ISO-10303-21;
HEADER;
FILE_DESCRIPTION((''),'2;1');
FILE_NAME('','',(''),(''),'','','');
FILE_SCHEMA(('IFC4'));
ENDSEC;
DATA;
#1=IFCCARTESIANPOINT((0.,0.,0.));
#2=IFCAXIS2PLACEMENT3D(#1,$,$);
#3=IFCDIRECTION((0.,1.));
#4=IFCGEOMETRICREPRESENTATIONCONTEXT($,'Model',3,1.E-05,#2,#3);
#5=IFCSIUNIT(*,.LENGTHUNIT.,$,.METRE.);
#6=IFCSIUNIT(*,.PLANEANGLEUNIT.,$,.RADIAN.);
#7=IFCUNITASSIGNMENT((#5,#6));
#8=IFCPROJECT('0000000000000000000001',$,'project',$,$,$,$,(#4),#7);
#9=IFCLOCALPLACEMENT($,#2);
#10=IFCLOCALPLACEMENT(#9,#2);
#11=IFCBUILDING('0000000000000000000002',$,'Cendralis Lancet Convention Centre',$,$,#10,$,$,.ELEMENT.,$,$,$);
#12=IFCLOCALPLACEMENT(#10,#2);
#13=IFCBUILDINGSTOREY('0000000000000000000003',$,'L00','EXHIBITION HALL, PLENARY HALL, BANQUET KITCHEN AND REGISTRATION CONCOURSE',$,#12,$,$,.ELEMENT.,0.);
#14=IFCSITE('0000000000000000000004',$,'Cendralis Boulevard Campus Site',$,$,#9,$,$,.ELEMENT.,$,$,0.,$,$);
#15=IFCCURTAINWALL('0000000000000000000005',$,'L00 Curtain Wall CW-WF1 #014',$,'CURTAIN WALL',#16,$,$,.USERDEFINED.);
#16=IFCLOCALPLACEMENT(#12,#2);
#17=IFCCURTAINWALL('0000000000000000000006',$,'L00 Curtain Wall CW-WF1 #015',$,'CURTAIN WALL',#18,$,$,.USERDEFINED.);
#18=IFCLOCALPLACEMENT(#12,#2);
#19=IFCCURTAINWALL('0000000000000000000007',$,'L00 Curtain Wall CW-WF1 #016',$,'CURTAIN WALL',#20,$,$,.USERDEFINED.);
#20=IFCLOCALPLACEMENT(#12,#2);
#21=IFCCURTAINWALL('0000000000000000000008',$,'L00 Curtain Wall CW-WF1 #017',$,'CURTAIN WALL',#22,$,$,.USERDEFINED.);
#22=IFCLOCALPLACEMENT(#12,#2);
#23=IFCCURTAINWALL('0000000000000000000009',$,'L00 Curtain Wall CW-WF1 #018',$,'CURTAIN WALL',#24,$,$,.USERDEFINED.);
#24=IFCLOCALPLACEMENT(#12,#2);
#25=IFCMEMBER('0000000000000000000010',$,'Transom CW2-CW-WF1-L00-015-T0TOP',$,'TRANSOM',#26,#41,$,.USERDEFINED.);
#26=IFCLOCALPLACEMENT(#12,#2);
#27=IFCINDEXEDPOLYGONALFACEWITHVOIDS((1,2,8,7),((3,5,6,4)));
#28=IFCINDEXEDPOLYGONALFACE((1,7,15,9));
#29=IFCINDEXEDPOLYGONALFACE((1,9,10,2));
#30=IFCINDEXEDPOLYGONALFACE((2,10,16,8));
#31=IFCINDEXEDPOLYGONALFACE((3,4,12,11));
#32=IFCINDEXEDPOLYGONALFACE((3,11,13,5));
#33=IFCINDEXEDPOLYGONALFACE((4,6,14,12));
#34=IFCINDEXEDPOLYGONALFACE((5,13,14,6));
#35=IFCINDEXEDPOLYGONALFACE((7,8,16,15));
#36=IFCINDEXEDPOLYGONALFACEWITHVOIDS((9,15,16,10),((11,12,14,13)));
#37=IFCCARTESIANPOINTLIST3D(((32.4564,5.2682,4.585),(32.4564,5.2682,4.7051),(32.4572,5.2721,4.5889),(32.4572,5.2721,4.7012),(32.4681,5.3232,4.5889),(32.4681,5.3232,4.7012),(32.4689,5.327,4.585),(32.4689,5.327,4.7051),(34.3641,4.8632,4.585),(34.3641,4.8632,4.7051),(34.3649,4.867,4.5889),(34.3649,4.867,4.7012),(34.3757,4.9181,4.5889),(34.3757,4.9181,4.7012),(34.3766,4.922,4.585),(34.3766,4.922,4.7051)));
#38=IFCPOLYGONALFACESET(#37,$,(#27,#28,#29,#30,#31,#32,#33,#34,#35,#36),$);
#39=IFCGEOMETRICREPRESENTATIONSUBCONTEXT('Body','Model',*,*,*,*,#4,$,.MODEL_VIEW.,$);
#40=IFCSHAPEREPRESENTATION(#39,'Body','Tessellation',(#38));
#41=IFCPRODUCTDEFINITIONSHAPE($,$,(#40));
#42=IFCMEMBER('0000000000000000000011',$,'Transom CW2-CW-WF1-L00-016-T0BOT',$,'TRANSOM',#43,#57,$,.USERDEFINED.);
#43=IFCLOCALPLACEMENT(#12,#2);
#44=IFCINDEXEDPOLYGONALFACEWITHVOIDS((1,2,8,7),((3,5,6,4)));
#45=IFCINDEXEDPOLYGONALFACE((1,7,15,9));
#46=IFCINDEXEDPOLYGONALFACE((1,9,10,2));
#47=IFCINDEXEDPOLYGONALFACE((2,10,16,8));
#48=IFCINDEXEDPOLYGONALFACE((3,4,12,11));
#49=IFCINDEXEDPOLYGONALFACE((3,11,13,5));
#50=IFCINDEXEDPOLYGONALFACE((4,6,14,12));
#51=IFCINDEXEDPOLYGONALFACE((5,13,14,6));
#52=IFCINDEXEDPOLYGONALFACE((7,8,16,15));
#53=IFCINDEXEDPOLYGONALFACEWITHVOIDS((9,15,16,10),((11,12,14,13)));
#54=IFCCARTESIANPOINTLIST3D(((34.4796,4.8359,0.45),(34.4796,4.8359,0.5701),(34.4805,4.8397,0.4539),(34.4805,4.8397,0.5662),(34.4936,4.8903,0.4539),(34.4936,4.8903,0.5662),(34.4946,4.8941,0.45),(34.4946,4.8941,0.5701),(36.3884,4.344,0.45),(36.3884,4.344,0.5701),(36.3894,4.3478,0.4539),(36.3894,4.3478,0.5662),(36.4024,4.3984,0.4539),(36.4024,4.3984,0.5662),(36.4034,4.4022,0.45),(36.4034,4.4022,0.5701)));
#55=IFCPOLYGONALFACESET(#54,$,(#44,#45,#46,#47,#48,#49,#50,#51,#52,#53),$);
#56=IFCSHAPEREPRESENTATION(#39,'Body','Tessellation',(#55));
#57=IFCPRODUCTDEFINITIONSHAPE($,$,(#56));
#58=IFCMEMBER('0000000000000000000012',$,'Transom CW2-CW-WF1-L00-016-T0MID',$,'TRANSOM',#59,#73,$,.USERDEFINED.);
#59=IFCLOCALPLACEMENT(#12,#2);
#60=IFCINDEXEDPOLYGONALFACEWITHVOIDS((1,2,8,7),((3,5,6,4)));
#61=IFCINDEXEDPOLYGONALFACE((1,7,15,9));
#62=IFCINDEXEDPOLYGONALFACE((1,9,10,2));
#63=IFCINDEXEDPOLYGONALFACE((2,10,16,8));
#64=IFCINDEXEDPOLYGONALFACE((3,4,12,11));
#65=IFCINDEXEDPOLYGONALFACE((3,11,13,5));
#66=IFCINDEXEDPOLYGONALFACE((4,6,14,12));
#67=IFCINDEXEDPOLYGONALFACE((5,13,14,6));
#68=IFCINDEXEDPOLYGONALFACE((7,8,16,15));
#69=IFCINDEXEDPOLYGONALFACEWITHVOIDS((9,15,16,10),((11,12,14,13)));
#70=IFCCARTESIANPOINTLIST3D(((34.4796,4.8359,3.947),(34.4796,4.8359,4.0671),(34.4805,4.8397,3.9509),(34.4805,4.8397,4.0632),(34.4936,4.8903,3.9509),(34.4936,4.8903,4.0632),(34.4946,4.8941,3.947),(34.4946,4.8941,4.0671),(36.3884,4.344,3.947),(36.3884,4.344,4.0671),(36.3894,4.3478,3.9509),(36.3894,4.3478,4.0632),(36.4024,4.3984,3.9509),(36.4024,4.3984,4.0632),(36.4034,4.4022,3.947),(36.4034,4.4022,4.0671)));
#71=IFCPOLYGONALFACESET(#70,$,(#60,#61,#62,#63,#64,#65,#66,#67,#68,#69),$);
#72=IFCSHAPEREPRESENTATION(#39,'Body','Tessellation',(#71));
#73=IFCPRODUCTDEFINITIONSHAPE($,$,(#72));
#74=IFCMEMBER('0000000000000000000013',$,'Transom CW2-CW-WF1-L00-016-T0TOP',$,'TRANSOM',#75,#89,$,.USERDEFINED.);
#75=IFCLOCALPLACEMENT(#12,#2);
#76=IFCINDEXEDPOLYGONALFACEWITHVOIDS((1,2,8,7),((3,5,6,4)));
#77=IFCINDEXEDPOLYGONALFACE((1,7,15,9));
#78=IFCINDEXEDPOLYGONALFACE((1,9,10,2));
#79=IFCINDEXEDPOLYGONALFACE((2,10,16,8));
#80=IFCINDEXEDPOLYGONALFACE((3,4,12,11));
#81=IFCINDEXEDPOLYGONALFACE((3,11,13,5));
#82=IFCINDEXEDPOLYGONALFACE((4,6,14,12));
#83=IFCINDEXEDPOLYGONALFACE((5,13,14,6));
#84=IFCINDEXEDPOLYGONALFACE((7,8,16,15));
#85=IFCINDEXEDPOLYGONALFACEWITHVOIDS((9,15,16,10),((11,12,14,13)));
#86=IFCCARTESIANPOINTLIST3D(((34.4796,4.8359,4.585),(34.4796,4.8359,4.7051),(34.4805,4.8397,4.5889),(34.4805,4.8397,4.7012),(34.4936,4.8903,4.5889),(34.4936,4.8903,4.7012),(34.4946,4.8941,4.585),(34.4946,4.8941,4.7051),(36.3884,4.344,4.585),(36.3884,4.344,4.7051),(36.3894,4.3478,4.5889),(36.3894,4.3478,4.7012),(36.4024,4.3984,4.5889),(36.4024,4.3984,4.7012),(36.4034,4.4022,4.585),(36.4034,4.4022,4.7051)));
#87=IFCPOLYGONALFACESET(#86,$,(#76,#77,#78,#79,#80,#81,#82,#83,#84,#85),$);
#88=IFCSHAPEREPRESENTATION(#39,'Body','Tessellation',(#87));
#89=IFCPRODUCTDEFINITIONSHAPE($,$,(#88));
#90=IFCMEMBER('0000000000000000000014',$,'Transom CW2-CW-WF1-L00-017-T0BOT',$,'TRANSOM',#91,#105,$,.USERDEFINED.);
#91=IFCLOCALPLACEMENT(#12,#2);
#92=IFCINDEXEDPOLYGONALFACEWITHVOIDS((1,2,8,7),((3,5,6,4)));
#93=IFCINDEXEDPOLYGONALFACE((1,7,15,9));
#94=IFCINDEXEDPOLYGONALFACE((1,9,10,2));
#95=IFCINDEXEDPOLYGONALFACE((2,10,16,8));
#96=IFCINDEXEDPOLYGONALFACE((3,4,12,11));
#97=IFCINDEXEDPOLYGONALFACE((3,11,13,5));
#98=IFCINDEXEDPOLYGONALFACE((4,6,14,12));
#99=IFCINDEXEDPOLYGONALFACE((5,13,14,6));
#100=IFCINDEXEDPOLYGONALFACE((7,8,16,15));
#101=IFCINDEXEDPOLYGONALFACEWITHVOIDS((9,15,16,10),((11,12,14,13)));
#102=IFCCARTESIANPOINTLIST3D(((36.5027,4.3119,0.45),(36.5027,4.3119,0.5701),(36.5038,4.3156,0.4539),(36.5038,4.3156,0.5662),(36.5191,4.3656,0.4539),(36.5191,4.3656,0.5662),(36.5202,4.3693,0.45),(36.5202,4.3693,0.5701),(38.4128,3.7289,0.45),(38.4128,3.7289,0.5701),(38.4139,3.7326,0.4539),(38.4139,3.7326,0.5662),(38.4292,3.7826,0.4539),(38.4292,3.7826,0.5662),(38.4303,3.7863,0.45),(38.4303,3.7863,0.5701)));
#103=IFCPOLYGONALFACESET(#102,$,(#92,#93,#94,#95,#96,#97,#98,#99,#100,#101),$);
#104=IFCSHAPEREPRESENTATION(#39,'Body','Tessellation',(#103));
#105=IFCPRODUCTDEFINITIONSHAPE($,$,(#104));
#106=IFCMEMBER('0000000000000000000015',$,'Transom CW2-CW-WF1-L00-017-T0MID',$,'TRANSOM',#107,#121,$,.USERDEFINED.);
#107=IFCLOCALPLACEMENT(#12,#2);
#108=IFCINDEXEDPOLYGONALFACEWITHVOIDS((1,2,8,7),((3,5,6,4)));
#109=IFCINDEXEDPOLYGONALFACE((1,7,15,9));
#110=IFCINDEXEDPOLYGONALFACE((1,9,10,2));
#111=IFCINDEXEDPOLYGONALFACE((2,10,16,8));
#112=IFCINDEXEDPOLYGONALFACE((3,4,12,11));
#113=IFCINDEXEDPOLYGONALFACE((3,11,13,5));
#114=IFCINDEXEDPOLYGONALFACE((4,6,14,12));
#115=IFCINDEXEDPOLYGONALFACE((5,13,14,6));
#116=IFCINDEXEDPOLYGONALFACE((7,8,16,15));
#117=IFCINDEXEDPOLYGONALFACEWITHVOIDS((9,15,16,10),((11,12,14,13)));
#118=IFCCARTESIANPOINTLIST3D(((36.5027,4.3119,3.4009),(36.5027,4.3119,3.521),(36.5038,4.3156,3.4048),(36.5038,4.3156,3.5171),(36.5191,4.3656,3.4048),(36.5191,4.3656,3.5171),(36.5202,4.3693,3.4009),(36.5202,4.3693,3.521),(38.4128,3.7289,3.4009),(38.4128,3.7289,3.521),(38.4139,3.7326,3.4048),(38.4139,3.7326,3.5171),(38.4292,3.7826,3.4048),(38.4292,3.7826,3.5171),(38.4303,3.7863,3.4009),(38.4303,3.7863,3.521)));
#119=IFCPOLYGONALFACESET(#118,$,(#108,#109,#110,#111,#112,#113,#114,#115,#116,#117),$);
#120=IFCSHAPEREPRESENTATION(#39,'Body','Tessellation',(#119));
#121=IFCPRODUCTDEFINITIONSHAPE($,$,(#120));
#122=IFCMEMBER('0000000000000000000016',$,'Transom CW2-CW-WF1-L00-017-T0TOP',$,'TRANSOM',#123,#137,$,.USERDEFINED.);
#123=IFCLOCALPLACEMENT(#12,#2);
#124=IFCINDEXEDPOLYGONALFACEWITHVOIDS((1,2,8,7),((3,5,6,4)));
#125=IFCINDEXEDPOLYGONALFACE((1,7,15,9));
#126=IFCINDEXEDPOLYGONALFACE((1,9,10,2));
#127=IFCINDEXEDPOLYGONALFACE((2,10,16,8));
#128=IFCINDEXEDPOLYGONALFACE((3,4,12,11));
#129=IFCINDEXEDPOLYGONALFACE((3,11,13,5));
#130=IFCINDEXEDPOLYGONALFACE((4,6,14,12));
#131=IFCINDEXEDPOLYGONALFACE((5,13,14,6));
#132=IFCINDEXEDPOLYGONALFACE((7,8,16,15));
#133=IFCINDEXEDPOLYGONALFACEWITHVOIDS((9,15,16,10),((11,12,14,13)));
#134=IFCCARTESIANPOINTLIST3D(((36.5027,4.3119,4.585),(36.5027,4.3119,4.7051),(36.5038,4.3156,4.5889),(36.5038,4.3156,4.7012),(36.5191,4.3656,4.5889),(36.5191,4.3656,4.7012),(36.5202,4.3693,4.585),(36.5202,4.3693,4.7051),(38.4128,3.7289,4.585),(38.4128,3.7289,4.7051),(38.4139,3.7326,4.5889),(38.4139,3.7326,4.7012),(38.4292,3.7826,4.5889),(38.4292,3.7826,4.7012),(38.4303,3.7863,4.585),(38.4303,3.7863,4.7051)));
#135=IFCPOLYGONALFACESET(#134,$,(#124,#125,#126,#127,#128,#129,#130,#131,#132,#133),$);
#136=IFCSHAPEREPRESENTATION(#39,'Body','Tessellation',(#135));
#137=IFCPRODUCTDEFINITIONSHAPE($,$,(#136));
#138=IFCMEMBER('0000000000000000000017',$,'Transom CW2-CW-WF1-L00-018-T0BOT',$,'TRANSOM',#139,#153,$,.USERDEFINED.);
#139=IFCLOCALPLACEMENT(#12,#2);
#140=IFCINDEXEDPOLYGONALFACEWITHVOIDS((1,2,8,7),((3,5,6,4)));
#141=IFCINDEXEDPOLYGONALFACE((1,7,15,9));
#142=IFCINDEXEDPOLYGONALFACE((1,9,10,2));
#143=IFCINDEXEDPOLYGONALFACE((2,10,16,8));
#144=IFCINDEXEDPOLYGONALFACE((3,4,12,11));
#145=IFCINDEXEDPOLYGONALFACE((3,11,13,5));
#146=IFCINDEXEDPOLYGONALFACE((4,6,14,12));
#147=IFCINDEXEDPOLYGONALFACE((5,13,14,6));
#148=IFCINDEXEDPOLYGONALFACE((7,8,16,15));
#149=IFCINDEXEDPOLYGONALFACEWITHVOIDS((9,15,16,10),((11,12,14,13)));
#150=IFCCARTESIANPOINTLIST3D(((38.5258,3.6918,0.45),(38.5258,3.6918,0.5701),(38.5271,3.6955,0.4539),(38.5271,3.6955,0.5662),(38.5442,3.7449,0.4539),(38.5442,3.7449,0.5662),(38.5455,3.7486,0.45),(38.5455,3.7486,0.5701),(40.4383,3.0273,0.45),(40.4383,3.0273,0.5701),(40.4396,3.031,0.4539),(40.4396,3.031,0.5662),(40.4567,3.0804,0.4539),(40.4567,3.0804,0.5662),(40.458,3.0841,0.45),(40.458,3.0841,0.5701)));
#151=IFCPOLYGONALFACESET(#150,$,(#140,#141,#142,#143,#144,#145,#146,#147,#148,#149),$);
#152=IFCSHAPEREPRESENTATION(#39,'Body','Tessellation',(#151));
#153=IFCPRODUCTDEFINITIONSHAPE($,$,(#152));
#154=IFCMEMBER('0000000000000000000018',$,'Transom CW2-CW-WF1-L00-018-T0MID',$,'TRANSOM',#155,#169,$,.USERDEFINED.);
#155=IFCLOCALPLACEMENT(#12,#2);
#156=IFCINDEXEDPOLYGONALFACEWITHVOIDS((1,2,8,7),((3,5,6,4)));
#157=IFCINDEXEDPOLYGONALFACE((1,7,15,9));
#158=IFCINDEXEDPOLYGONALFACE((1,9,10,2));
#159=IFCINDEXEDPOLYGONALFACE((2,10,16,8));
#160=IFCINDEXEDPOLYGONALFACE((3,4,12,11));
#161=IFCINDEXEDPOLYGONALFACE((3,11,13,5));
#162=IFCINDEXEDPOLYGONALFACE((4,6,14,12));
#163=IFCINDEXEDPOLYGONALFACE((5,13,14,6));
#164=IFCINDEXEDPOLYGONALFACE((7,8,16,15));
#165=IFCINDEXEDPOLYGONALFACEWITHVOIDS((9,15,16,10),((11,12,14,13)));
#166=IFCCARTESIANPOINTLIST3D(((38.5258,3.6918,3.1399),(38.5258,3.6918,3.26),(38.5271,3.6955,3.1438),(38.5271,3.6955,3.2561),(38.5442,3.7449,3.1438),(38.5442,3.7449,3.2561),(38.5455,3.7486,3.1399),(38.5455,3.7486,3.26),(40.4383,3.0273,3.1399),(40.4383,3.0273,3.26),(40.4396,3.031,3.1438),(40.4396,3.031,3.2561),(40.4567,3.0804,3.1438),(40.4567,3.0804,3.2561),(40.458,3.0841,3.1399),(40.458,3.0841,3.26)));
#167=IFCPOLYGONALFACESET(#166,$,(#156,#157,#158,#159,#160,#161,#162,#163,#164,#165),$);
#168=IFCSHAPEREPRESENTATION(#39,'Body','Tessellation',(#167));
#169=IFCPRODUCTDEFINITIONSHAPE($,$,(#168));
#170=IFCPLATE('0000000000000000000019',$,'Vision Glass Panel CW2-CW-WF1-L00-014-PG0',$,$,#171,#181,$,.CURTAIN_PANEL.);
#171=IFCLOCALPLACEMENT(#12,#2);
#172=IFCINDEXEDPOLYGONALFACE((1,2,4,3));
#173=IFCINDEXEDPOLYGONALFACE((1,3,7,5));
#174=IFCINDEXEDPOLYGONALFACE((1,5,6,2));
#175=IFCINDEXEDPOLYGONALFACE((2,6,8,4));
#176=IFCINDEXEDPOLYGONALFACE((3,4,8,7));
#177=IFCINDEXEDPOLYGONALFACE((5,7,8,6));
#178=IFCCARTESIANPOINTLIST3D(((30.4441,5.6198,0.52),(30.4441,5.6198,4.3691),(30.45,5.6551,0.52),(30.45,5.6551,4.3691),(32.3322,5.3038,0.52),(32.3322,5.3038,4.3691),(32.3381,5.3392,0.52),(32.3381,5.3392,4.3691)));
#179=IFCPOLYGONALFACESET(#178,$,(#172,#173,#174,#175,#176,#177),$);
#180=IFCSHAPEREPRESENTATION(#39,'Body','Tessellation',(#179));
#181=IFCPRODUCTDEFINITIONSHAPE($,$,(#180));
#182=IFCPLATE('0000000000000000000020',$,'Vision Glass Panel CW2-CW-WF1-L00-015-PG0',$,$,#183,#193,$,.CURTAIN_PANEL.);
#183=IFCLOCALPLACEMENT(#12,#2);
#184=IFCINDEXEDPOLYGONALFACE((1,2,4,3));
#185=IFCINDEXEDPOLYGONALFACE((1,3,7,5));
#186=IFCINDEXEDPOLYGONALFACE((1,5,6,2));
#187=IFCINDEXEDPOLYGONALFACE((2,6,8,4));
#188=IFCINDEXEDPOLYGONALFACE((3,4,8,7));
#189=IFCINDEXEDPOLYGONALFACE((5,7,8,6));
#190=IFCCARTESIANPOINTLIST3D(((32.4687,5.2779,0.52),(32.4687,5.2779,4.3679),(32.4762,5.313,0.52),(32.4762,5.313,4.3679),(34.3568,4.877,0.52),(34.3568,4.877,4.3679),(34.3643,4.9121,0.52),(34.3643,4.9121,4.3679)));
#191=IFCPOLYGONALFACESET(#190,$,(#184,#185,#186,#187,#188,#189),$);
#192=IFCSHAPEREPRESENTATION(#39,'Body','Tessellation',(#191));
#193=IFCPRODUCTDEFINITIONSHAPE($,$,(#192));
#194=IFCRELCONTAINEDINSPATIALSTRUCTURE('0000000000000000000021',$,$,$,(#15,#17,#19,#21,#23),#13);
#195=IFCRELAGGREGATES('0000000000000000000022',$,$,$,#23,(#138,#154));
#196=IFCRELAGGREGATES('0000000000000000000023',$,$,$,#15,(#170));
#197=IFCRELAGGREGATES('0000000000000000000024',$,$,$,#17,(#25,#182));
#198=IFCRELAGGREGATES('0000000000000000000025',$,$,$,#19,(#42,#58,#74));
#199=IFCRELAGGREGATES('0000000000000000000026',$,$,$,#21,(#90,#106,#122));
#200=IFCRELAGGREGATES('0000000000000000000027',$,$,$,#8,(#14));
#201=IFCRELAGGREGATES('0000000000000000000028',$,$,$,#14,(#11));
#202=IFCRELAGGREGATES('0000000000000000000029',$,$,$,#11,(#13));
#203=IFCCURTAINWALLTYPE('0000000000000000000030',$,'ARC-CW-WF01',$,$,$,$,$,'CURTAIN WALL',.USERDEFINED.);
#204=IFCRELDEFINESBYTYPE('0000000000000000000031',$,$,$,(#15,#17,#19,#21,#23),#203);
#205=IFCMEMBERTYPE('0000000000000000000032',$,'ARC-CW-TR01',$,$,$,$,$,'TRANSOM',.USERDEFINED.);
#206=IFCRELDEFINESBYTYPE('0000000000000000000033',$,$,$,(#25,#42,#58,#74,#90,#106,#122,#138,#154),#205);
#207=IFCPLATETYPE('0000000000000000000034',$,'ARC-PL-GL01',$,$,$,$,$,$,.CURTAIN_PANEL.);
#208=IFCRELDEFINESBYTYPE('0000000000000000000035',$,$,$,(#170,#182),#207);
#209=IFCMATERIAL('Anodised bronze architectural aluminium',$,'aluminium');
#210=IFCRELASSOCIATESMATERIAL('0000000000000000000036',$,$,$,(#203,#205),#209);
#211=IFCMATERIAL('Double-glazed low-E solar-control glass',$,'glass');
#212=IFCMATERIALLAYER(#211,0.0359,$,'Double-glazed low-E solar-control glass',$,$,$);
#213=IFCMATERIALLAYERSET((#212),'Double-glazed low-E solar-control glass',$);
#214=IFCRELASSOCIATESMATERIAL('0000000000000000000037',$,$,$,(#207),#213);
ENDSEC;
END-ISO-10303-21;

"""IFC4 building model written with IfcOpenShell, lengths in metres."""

from ifc_helpers import new_model, si_unit, direction, frame, origin, origin_2d, place, context, subcontext, project, spatial, rectangle, hollow_rectangle, extrude, material, layer, layer_set, material_profile, profile_set, type_object, element, aggregate, save


model = new_model("IFC4")

# Units and contexts
model_context = context("Model", 3, precision=1e-05, world=origin(), true_north=direction((0.0, 1.0)))
body_context = subcontext(model_context, "Body", "Model", "MODEL_VIEW")
ifc_project = project(units=[si_unit("LENGTHUNIT", "METRE"), si_unit("PLANEANGLEUNIT", "RADIAN")], contexts=[model_context])

# Site, building, storey
site_placement = place(None, origin())
site = spatial("IfcSite", under=ifc_project, at=site_placement, Name="Cendralis Boulevard Campus Site", CompositionType="ELEMENT", RefElevation=0.0)
building_placement = place(site_placement, origin())
building = spatial("IfcBuilding", under=site, at=building_placement, Name="Cendralis Lancet Convention Centre", CompositionType="ELEMENT")
storey_placement = place(building_placement, origin())
storey = spatial("IfcBuildingStorey", under=building, at=storey_placement, Name="L00", Description="EXHIBITION HALL, PLENARY HALL, BANQUET KITCHEN AND REGISTRATION CONCOURSE", CompositionType="ELEMENT", Elevation=0.0)

# Curtain wall
ifc_material_1 = material(Name="Anodised bronze architectural aluminium", Category="aluminium")
curtain_wall_type = type_object("IfcCurtainWallType", Name="ARC-CW-WF01", ElementType="CURTAIN WALL", PredefinedType="USERDEFINED", material=ifc_material_1)
curtain_wall_1_placement = place(storey_placement, origin())
curtain_wall_1 = element("IfcCurtainWall", 1, at=curtain_wall_1_placement, inside=storey, type_object=curtain_wall_type, Name="L00 Curtain Wall CW-WF1 #014", ObjectType="CURTAIN WALL", PredefinedType="USERDEFINED")

# Curtain walls
curtain_wall_2_placement = place(storey_placement, origin())
curtain_wall_2 = element("IfcCurtainWall", 2, at=curtain_wall_2_placement, inside=storey, type_object=curtain_wall_type, Name="L00 Curtain Wall CW-WF1 #015", ObjectType="CURTAIN WALL", PredefinedType="USERDEFINED")
curtain_wall_3_placement = place(storey_placement, origin())
curtain_wall_3 = element("IfcCurtainWall", 3, at=curtain_wall_3_placement, inside=storey, type_object=curtain_wall_type, Name="L00 Curtain Wall CW-WF1 #016", ObjectType="CURTAIN WALL", PredefinedType="USERDEFINED")
curtain_wall_4_placement = place(storey_placement, origin())
curtain_wall_4 = element("IfcCurtainWall", 4, at=curtain_wall_4_placement, inside=storey, type_object=curtain_wall_type, Name="L00 Curtain Wall CW-WF1 #017", ObjectType="CURTAIN WALL", PredefinedType="USERDEFINED")

# Curtain wall
curtain_wall_5_placement = place(storey_placement, origin())
curtain_wall_5 = element("IfcCurtainWall", 5, at=curtain_wall_5_placement, inside=storey, type_object=curtain_wall_type, Name="L00 Curtain Wall CW-WF1 #018", ObjectType="CURTAIN WALL", PredefinedType="USERDEFINED")

# Members
ifc_material_profile_1 = material_profile(ifc_material_1, hollow_rectangle(XDim=0.0601, YDim=0.1201, WallThickness=0.0039, at=origin_2d()), Name="AL-TRAN 60x120x4.0")
ifc_profile_set_1 = profile_set([ifc_material_profile_1], Name="Anodised bronze architectural aluminium")
member_type_1 = type_object("IfcMemberType", Name="ARC-CW-TR01", ElementType="TRANSOM", PredefinedType="USERDEFINED", material=ifc_profile_set_1)
member_1_placement = place(storey_placement, frame((32.4626, 5.2976, 4.645), z_axis=(0.978196, -0.207682, 0.0), x_axis=(0.207682, 0.978196, 0.0)))
member_1 = element("IfcMember", 6, at=member_1_placement, type_object=member_type_1, Name="Transom CW2-CW-WF1-L00-015-T0TOP", ObjectType="TRANSOM", PredefinedType="USERDEFINED", context=body_context, shape_type="SweptSolid", body=[
    extrude(hollow_rectangle(XDim=0.0601, YDim=0.1201, WallThickness=0.0039, at=origin_2d()), origin(), (0.0, 0.0, 1.0), 1.9502),
])
member_2_placement = place(storey_placement, frame((34.4871, 4.865, 0.51), z_axis=(0.968361, -0.249552, 0.0), x_axis=(0.249552, 0.968361, 0.0)))
member_2 = element("IfcMember", 7, at=member_2_placement, type_object=member_type_1, Name="Transom CW2-CW-WF1-L00-016-T0BOT", ObjectType="TRANSOM", PredefinedType="USERDEFINED", context=body_context, shape_type="SweptSolid", body=[
    extrude(hollow_rectangle(XDim=0.0601, YDim=0.1201, WallThickness=0.0039, at=origin_2d()), origin(), (0.0, 0.0, 1.0), 1.9712),
])
member_3_placement = place(storey_placement, frame((34.4871, 4.865, 4.0071), z_axis=(0.968361, -0.249552, 0.0), x_axis=(0.249552, 0.968361, 0.0)))
member_3 = element("IfcMember", 8, at=member_3_placement, type_object=member_type_1, Name="Transom CW2-CW-WF1-L00-016-T0MID", ObjectType="TRANSOM", PredefinedType="USERDEFINED", context=body_context, shape_type="SweptSolid", body=[
    extrude(hollow_rectangle(XDim=0.0601, YDim=0.1201, WallThickness=0.0039, at=origin_2d()), origin(), (0.0, 0.0, 1.0), 1.9712),
])
member_4_placement = place(storey_placement, frame((34.4871, 4.865, 4.645), z_axis=(0.968361, -0.249552, 0.0), x_axis=(0.249552, 0.968361, 0.0)))
member_4 = element("IfcMember", 9, at=member_4_placement, type_object=member_type_1, Name="Transom CW2-CW-WF1-L00-016-T0TOP", ObjectType="TRANSOM", PredefinedType="USERDEFINED", context=body_context, shape_type="SweptSolid", body=[
    extrude(hollow_rectangle(XDim=0.0601, YDim=0.1201, WallThickness=0.0039, at=origin_2d()), origin(), (0.0, 0.0, 1.0), 1.9712),
])
member_5_placement = place(storey_placement, frame((36.5115, 4.3406, 0.51), z_axis=(0.956443, -0.29192, 0.0), x_axis=(0.29192, 0.956443, 0.0)))
member_5 = element("IfcMember", 10, at=member_5_placement, type_object=member_type_1, Name="Transom CW2-CW-WF1-L00-017-T0BOT", ObjectType="TRANSOM", PredefinedType="USERDEFINED", context=body_context, shape_type="SweptSolid", body=[
    extrude(hollow_rectangle(XDim=0.0601, YDim=0.1201, WallThickness=0.0039, at=origin_2d()), origin(), (0.0, 0.0, 1.0), 1.9971),
])
member_6_placement = place(storey_placement, frame((36.5115, 4.3406, 3.4609), z_axis=(0.956443, -0.29192, 0.0), x_axis=(0.29192, 0.956443, 0.0)))
member_6 = element("IfcMember", 11, at=member_6_placement, type_object=member_type_1, Name="Transom CW2-CW-WF1-L00-017-T0MID", ObjectType="TRANSOM", PredefinedType="USERDEFINED", context=body_context, shape_type="SweptSolid", body=[
    extrude(hollow_rectangle(XDim=0.0601, YDim=0.1201, WallThickness=0.0039, at=origin_2d()), origin(), (0.0, 0.0, 1.0), 1.9971),
])
member_7_placement = place(storey_placement, frame((36.5115, 4.3406, 4.645), z_axis=(0.956443, -0.29192, 0.0), x_axis=(0.29192, 0.956443, 0.0)))
member_7 = element("IfcMember", 12, at=member_7_placement, type_object=member_type_1, Name="Transom CW2-CW-WF1-L00-017-T0TOP", ObjectType="TRANSOM", PredefinedType="USERDEFINED", context=body_context, shape_type="SweptSolid", body=[
    extrude(hollow_rectangle(XDim=0.0601, YDim=0.1201, WallThickness=0.0039, at=origin_2d()), origin(), (0.0, 0.0, 1.0), 1.9971),
])
member_8_placement = place(storey_placement, frame((38.5356, 3.7202, 0.51), z_axis=(0.944604, -0.328212, 0.0), x_axis=(0.328212, 0.944604, 0.0)))
member_8 = element("IfcMember", 13, at=member_8_placement, type_object=member_type_1, Name="Transom CW2-CW-WF1-L00-018-T0BOT", ObjectType="TRANSOM", PredefinedType="USERDEFINED", context=body_context, shape_type="SweptSolid", body=[
    extrude(hollow_rectangle(XDim=0.0601, YDim=0.1201, WallThickness=0.0039, at=origin_2d()), origin(), (0.0, 0.0, 1.0), 2.0247),
])
member_9_placement = place(storey_placement, frame((38.5356, 3.7202, 3.2), z_axis=(0.944604, -0.328212, 0.0), x_axis=(0.328212, 0.944604, 0.0)))
member_9 = element("IfcMember", 14, at=member_9_placement, type_object=member_type_1, Name="Transom CW2-CW-WF1-L00-018-T0MID", ObjectType="TRANSOM", PredefinedType="USERDEFINED", context=body_context, shape_type="SweptSolid", body=[
    extrude(hollow_rectangle(XDim=0.0601, YDim=0.1201, WallThickness=0.0039, at=origin_2d()), origin(), (0.0, 0.0, 1.0), 2.0247),
])
aggregate(curtain_wall_5, [member_8, member_9])

# Plates
ifc_material_2 = material(Name="Double-glazed low-E solar-control glass", Category="glass")
ifc_layer_1 = layer(ifc_material_2, 0.0359, Name="Double-glazed low-E solar-control glass")
ifc_layer_set_1 = layer_set([ifc_layer_1], Name="Double-glazed low-E solar-control glass")
plate_type_1 = type_object("IfcPlateType", Name="ARC-PL-GL01", PredefinedType="CURTAIN_PANEL", material=ifc_layer_set_1)
plate_1_placement = place(storey_placement, frame((31.3911, 5.4795, 0.52), z_axis=(0.0, 0.0, 1.0), x_axis=(0.986288, -0.16503, 0.0)))
plate_1 = element("IfcPlate", 15, at=plate_1_placement, type_object=plate_type_1, Name="Vision Glass Panel CW2-CW-WF1-L00-014-PG0", PredefinedType="CURTAIN_PANEL", context=body_context, shape_type="SweptSolid", body=[
    extrude(rectangle(XDim=1.9143, YDim=0.0359, at=origin_2d()), origin(), (0.0, 0.0, 1.0), 3.8491),
])
aggregate(curtain_wall_1, [plate_1])
plate_2_placement = place(storey_placement, frame((33.4165, 5.095, 0.52), z_axis=(0.0, 0.0, 1.0), x_axis=(0.97819, -0.207714, 0.0)))
plate_2 = element("IfcPlate", 16, at=plate_2_placement, type_object=plate_type_1, Name="Vision Glass Panel CW2-CW-WF1-L00-015-PG0", PredefinedType="CURTAIN_PANEL", context=body_context, shape_type="SweptSolid", body=[
    extrude(rectangle(XDim=1.9302, YDim=0.0359, at=origin_2d()), origin(), (0.0, 0.0, 1.0), 3.8479),
])
aggregate(curtain_wall_2, [member_1, plate_2])
aggregate(curtain_wall_3, [member_2, member_3, member_4])
aggregate(curtain_wall_4, [member_5, member_6, member_7])

save(model, "model.ifc")
